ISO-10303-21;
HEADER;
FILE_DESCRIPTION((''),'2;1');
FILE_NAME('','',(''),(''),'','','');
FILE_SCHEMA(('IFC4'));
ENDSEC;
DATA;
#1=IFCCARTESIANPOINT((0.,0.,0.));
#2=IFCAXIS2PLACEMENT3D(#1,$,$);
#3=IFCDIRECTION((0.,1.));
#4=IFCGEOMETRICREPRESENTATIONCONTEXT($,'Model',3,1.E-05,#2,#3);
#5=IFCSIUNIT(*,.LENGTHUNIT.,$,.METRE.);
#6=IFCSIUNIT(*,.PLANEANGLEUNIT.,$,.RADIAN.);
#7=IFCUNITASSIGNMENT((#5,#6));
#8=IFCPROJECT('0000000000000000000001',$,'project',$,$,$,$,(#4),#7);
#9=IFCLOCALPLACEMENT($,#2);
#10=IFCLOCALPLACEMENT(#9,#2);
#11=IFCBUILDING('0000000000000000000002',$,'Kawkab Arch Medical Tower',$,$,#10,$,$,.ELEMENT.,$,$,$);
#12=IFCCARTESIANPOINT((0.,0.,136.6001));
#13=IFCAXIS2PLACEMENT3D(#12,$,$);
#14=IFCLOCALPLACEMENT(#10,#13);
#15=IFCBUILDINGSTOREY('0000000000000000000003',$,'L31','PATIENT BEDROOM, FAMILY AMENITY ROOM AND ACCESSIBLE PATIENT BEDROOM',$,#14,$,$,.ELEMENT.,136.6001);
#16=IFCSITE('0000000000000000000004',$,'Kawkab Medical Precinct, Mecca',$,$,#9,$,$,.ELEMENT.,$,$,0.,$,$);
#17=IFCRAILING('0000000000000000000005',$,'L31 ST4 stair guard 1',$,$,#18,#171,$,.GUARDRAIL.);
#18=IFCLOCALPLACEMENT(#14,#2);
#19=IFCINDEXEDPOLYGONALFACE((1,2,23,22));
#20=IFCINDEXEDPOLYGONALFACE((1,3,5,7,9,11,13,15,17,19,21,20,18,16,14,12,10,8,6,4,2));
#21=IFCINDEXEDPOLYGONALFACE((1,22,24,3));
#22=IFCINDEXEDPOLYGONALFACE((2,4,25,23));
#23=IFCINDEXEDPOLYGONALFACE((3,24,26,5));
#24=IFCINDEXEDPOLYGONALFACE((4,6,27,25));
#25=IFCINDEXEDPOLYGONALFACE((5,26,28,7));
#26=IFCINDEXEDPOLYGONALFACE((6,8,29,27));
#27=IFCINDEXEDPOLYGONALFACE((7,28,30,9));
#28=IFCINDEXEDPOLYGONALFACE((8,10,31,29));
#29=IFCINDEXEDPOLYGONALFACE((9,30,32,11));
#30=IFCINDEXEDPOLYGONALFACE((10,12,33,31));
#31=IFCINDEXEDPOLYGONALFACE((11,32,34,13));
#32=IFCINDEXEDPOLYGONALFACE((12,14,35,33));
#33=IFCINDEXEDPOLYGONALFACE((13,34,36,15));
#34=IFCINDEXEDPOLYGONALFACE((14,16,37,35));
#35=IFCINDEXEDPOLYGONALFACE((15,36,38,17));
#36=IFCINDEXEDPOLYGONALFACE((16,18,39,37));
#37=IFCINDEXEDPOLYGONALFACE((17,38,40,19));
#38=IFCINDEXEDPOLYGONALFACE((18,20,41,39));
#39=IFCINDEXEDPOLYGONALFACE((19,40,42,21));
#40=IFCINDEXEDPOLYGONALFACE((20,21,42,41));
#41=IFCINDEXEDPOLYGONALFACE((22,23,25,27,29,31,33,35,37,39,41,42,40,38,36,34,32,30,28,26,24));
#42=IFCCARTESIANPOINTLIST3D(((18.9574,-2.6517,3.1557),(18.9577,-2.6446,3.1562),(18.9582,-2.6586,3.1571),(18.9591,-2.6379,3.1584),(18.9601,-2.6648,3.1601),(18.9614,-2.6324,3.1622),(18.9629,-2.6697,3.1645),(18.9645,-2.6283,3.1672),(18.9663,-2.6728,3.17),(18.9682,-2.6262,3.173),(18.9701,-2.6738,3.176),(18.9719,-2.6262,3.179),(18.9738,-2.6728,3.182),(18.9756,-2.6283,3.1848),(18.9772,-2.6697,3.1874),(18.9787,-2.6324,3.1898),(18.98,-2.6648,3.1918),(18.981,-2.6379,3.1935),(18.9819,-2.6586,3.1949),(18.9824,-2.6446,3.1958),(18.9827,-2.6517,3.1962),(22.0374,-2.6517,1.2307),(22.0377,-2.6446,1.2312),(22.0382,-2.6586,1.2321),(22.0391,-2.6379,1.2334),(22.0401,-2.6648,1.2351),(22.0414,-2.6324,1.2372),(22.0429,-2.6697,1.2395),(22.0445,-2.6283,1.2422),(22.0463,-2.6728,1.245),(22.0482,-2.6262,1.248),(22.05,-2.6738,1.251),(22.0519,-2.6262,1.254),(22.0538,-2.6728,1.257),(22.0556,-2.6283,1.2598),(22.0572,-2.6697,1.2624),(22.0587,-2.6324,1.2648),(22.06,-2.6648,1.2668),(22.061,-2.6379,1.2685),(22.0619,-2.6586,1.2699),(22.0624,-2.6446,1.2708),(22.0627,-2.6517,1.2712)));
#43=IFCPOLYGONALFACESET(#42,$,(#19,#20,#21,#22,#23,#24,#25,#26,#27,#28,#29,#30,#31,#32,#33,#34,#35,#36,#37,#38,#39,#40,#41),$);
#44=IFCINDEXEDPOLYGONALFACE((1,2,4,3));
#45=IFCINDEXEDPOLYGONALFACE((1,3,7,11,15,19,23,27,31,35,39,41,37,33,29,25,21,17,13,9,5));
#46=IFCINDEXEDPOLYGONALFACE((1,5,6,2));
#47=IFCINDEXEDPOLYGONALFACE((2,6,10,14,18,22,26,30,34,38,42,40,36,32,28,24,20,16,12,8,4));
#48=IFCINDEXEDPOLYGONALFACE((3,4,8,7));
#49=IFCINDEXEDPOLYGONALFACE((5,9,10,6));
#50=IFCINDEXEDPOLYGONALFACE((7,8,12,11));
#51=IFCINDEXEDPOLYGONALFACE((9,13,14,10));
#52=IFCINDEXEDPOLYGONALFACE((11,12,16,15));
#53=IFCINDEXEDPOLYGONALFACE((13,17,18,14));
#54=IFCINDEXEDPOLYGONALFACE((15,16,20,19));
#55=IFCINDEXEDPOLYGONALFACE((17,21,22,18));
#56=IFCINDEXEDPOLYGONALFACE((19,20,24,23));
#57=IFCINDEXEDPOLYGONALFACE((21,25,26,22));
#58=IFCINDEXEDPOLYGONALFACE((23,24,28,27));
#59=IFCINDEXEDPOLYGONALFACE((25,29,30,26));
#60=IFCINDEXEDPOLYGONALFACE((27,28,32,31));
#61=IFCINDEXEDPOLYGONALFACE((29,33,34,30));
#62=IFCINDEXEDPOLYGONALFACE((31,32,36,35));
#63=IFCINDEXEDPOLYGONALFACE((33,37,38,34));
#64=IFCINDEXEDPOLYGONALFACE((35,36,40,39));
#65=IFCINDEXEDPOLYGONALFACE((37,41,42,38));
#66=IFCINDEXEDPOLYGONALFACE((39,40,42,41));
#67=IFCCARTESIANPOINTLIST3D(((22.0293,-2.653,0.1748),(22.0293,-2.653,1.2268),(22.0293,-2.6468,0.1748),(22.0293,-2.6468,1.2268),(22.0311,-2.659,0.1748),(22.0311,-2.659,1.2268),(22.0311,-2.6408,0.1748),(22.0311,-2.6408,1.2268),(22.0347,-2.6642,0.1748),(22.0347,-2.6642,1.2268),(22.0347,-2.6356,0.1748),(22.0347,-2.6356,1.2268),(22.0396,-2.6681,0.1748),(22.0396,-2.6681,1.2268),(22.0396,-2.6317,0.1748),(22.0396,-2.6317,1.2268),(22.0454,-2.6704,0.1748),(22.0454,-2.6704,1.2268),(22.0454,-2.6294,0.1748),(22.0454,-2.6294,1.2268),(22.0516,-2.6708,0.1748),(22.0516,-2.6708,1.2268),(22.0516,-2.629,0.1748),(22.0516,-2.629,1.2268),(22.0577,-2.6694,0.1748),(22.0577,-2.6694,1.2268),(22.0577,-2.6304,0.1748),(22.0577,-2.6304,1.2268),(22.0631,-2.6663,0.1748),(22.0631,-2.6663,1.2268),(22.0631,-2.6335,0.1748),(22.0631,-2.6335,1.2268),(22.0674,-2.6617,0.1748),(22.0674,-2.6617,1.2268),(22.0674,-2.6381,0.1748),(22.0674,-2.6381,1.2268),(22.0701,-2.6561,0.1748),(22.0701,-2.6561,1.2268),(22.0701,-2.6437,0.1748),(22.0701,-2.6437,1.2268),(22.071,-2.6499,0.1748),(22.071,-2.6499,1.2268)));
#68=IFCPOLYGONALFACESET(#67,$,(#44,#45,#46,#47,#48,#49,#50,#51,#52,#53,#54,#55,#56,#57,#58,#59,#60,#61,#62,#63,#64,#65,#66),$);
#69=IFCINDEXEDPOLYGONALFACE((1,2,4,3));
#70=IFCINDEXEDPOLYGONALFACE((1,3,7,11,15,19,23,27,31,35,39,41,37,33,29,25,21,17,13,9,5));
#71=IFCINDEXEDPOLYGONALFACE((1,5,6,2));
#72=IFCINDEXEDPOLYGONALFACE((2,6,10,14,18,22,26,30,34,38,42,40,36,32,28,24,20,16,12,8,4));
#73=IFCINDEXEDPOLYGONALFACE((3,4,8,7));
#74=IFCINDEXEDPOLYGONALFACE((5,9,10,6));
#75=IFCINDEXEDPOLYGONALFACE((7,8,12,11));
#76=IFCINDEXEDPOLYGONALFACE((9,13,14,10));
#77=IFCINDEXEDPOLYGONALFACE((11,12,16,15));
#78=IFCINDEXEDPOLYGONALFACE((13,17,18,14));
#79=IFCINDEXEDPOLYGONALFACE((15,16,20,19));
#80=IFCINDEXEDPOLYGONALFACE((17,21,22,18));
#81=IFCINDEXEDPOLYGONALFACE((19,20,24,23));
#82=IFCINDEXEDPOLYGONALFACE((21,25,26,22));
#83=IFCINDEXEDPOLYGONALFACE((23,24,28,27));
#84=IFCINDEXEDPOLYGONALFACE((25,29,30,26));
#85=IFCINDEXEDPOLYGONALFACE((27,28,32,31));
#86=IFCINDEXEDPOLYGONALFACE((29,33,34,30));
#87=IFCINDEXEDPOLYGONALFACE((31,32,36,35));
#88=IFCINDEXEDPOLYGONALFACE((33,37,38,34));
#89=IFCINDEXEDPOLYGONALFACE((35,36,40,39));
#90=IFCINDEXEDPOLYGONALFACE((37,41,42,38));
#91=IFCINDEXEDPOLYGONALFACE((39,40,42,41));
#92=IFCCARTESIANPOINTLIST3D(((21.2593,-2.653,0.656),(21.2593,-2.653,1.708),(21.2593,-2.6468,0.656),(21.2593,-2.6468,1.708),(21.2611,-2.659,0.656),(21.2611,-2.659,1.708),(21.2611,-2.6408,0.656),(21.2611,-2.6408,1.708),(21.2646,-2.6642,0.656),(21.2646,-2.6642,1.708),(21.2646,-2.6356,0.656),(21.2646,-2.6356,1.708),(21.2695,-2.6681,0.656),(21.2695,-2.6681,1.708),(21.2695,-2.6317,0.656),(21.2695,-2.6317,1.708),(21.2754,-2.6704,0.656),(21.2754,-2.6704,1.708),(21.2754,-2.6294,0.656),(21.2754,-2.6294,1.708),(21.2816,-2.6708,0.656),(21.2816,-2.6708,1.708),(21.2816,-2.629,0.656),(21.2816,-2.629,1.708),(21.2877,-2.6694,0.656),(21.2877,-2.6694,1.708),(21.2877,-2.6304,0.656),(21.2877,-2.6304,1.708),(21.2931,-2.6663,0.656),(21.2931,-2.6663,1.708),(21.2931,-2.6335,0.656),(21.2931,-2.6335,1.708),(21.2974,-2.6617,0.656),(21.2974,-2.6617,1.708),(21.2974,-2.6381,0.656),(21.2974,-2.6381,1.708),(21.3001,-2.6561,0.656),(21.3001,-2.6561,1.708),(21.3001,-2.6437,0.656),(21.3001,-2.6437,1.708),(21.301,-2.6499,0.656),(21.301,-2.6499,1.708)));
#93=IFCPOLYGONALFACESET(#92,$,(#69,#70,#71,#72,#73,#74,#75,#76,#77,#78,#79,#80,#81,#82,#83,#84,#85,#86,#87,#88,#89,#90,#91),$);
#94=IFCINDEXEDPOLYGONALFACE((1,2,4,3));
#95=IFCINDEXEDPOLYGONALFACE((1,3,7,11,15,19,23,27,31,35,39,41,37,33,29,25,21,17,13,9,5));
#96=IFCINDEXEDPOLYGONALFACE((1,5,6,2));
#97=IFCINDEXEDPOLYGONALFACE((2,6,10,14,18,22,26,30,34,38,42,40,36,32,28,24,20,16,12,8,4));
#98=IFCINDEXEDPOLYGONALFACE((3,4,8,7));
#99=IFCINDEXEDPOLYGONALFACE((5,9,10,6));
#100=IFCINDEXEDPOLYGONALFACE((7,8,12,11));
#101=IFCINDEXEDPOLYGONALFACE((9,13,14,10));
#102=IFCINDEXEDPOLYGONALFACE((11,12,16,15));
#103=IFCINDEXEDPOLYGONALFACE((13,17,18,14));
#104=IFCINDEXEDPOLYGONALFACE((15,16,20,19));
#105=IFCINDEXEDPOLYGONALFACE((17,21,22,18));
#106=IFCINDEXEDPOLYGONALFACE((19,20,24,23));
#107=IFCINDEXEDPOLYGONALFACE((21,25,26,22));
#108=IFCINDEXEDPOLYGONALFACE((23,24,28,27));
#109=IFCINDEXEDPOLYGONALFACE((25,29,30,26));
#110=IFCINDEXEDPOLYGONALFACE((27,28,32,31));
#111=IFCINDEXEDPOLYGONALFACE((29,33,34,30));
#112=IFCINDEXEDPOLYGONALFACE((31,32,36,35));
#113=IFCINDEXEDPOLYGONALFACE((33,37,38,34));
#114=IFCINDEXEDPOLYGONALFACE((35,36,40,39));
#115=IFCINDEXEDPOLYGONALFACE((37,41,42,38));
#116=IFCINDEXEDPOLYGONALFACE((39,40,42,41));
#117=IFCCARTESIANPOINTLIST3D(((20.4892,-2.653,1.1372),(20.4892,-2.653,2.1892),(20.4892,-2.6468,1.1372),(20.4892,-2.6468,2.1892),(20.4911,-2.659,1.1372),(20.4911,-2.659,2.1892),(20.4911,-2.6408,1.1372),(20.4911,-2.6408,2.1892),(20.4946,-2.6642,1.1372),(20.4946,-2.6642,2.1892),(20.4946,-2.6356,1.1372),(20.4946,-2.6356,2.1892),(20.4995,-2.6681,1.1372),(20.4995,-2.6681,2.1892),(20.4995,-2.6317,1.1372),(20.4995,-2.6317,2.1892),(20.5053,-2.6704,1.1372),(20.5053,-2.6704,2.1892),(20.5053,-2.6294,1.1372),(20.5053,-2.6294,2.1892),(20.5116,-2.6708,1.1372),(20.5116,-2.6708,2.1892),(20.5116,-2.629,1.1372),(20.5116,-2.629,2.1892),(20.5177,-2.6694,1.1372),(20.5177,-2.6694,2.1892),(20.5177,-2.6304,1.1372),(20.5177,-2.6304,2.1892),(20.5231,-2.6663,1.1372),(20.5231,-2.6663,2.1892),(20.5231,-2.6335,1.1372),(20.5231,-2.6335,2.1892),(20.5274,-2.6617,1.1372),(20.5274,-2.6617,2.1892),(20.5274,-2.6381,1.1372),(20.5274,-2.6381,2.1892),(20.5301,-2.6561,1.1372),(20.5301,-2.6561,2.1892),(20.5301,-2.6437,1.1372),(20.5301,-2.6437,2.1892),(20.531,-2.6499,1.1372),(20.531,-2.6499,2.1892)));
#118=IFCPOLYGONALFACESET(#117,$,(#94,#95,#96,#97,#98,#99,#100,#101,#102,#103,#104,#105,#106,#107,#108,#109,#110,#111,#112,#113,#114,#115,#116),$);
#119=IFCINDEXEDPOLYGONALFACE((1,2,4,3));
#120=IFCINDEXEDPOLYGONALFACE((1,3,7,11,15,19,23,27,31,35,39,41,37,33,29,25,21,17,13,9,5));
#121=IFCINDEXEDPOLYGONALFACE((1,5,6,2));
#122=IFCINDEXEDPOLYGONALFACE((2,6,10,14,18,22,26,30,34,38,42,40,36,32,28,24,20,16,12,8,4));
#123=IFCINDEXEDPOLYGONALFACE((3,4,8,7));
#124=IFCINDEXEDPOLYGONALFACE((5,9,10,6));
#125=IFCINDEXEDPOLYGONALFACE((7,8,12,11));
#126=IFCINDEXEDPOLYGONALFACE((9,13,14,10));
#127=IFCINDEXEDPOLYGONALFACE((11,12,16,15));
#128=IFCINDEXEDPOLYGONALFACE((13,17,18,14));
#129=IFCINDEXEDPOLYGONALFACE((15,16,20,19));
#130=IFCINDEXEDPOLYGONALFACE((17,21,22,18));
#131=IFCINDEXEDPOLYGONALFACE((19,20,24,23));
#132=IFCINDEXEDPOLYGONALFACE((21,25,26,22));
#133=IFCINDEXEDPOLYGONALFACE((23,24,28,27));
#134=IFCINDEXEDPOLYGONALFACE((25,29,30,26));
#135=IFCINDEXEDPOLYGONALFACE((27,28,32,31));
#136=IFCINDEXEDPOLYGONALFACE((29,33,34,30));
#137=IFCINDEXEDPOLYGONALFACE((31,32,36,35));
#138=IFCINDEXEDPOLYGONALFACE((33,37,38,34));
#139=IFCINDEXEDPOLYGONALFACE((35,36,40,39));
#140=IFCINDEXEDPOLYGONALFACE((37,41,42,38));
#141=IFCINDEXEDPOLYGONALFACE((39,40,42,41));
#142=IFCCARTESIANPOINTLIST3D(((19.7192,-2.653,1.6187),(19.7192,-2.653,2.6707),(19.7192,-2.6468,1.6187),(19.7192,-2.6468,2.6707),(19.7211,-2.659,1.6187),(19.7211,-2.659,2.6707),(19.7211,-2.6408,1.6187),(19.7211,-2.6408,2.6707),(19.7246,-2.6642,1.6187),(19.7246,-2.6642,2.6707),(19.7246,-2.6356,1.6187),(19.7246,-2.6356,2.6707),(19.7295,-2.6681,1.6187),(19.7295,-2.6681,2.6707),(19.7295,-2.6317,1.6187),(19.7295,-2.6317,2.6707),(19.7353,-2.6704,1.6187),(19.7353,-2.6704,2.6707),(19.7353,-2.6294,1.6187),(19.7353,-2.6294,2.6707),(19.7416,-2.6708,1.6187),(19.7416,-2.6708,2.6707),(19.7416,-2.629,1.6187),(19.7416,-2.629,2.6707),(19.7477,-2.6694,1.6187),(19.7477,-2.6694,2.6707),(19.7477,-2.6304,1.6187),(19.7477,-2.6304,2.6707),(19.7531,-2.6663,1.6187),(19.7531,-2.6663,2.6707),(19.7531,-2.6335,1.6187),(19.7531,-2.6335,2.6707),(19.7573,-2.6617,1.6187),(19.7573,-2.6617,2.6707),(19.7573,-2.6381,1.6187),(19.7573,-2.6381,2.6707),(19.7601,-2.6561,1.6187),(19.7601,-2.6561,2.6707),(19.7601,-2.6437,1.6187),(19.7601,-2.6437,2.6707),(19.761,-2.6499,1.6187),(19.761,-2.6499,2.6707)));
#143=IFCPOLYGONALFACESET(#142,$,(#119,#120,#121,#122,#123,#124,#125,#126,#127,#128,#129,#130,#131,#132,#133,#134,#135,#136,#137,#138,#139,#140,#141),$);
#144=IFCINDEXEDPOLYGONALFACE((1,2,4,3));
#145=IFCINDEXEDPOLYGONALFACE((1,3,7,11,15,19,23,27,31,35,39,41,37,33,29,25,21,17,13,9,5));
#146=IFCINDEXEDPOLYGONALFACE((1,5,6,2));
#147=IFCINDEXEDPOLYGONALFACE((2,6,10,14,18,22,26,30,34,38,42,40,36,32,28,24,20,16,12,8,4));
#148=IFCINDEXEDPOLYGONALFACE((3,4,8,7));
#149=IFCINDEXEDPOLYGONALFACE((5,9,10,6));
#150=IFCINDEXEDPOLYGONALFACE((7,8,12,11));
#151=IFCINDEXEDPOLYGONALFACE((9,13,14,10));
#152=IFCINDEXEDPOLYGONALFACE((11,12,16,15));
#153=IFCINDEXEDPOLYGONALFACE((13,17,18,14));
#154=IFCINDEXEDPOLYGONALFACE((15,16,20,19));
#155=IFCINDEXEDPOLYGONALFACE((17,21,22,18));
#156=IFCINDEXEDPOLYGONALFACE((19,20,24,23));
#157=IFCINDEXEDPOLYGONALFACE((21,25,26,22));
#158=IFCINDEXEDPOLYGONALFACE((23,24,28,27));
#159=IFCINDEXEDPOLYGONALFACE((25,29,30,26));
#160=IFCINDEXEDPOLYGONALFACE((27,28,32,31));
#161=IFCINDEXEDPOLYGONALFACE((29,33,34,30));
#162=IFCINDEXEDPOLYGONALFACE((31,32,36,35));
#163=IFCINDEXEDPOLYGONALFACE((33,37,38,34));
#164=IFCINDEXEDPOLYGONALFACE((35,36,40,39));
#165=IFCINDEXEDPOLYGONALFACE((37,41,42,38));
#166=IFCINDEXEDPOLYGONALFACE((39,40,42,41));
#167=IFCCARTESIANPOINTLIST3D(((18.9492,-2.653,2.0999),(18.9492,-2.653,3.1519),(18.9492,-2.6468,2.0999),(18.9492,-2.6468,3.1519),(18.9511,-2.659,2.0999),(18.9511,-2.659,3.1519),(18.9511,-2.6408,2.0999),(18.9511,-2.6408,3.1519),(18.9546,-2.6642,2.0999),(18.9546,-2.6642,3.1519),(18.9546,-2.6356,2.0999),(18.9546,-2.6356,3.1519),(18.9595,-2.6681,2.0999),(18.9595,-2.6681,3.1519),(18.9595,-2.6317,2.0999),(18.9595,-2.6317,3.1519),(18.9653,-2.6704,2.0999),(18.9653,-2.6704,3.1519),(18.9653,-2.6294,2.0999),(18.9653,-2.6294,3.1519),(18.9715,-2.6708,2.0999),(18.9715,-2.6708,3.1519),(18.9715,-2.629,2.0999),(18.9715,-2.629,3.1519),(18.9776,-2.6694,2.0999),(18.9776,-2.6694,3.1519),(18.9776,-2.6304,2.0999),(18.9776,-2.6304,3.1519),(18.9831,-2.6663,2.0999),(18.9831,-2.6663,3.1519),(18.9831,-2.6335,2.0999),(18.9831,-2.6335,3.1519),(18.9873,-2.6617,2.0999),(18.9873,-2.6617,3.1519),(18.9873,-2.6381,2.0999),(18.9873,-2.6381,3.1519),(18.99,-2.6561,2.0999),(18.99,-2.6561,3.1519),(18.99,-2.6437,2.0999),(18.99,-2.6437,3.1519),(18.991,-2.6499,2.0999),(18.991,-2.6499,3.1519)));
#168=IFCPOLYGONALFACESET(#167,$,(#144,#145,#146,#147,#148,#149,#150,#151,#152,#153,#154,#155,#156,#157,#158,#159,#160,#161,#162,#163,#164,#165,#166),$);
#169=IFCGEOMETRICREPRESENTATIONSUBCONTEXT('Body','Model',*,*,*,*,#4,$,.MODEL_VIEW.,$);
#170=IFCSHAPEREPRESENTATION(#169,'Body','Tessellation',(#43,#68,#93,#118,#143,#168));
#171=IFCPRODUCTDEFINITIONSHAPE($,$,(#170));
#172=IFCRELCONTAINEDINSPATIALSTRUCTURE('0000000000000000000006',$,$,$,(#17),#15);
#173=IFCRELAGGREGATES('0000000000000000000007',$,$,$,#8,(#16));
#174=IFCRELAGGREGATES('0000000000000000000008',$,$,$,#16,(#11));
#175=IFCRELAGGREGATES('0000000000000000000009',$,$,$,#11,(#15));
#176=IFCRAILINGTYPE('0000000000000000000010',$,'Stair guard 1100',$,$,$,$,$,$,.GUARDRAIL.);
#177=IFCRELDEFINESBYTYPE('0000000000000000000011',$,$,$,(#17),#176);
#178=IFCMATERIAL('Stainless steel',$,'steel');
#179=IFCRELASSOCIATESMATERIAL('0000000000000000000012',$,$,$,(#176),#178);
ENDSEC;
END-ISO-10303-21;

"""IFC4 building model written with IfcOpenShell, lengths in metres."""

from ifc_helpers import new_model, si_unit, direction, frame, origin, origin_2d, place, context, subcontext, project, spatial, circle, extrude, material, type_object, element, save


model = new_model("IFC4")

# Units and contexts
model_context = context("Model", 3, precision=1e-05, world=origin(), true_north=direction((0.0, 1.0)))
body_context = subcontext(model_context, "Body", "Model", "MODEL_VIEW")
ifc_project = project(units=[si_unit("LENGTHUNIT", "METRE"), si_unit("PLANEANGLEUNIT", "RADIAN")], contexts=[model_context])

# Site, building, storey
site_placement = place(None, origin())
site = spatial("IfcSite", under=ifc_project, at=site_placement, Name="Kawkab Medical Precinct, Mecca", CompositionType="ELEMENT", RefElevation=0.0)
building_placement = place(site_placement, origin())
building = spatial("IfcBuilding", under=site, at=building_placement, Name="Kawkab Arch Medical Tower", CompositionType="ELEMENT")
storey_placement = place(building_placement, frame((0.0, 0.0, 136.6001)))
storey = spatial("IfcBuildingStorey", under=building, at=storey_placement, Name="L31", Description="PATIENT BEDROOM, FAMILY AMENITY ROOM AND ACCESSIBLE PATIENT BEDROOM", CompositionType="ELEMENT", Elevation=136.6001)

# Railing
ifc_material_1 = material(Name="Stainless steel", Category="steel")
railing_type_1 = type_object("IfcRailingType", Name="Stair guard 1100", PredefinedType="GUARDRAIL", material=ifc_material_1)
railing_1_placement = place(storey_placement, frame((22.05, -2.6499, 0.1748)))
element("IfcRailing", 1, at=railing_1_placement, inside=storey, type_object=railing_type_1, Name="L31 ST4 stair guard 1", PredefinedType="GUARDRAIL", context=body_context, shape_type="SweptSolid", body=[
    extrude(circle(Radius=0.0239, at=origin_2d()), frame((0.0, 0.0, 1.0762), z_axis=(-0.847998, 0.0, 0.529999), x_axis=(0.0, -1.0, 0.0)), (0.0, 0.0, 1.0), 3.6321),
    extrude(circle(Radius=0.021, at=origin_2d()), origin(), (0.0, 0.0, 1.0), 1.052),
    extrude(circle(Radius=0.021, at=origin_2d()), frame((-0.77, 0.0, 0.4812)), (0.0, 0.0, 1.0), 1.052),
    extrude(circle(Radius=0.021, at=origin_2d()), frame((-1.54, 0.0, 0.9624)), (0.0, 0.0, 1.0), 1.052),
    extrude(circle(Radius=0.021, at=origin_2d()), frame((-2.3101, 0.0, 1.4438)), (0.0, 0.0, 1.0), 1.052),
    extrude(circle(Radius=0.021, at=origin_2d()), frame((-3.0801, 0.0, 1.925)), (0.0, 0.0, 1.0), 1.052),
])

save(model, "model.ifc")
